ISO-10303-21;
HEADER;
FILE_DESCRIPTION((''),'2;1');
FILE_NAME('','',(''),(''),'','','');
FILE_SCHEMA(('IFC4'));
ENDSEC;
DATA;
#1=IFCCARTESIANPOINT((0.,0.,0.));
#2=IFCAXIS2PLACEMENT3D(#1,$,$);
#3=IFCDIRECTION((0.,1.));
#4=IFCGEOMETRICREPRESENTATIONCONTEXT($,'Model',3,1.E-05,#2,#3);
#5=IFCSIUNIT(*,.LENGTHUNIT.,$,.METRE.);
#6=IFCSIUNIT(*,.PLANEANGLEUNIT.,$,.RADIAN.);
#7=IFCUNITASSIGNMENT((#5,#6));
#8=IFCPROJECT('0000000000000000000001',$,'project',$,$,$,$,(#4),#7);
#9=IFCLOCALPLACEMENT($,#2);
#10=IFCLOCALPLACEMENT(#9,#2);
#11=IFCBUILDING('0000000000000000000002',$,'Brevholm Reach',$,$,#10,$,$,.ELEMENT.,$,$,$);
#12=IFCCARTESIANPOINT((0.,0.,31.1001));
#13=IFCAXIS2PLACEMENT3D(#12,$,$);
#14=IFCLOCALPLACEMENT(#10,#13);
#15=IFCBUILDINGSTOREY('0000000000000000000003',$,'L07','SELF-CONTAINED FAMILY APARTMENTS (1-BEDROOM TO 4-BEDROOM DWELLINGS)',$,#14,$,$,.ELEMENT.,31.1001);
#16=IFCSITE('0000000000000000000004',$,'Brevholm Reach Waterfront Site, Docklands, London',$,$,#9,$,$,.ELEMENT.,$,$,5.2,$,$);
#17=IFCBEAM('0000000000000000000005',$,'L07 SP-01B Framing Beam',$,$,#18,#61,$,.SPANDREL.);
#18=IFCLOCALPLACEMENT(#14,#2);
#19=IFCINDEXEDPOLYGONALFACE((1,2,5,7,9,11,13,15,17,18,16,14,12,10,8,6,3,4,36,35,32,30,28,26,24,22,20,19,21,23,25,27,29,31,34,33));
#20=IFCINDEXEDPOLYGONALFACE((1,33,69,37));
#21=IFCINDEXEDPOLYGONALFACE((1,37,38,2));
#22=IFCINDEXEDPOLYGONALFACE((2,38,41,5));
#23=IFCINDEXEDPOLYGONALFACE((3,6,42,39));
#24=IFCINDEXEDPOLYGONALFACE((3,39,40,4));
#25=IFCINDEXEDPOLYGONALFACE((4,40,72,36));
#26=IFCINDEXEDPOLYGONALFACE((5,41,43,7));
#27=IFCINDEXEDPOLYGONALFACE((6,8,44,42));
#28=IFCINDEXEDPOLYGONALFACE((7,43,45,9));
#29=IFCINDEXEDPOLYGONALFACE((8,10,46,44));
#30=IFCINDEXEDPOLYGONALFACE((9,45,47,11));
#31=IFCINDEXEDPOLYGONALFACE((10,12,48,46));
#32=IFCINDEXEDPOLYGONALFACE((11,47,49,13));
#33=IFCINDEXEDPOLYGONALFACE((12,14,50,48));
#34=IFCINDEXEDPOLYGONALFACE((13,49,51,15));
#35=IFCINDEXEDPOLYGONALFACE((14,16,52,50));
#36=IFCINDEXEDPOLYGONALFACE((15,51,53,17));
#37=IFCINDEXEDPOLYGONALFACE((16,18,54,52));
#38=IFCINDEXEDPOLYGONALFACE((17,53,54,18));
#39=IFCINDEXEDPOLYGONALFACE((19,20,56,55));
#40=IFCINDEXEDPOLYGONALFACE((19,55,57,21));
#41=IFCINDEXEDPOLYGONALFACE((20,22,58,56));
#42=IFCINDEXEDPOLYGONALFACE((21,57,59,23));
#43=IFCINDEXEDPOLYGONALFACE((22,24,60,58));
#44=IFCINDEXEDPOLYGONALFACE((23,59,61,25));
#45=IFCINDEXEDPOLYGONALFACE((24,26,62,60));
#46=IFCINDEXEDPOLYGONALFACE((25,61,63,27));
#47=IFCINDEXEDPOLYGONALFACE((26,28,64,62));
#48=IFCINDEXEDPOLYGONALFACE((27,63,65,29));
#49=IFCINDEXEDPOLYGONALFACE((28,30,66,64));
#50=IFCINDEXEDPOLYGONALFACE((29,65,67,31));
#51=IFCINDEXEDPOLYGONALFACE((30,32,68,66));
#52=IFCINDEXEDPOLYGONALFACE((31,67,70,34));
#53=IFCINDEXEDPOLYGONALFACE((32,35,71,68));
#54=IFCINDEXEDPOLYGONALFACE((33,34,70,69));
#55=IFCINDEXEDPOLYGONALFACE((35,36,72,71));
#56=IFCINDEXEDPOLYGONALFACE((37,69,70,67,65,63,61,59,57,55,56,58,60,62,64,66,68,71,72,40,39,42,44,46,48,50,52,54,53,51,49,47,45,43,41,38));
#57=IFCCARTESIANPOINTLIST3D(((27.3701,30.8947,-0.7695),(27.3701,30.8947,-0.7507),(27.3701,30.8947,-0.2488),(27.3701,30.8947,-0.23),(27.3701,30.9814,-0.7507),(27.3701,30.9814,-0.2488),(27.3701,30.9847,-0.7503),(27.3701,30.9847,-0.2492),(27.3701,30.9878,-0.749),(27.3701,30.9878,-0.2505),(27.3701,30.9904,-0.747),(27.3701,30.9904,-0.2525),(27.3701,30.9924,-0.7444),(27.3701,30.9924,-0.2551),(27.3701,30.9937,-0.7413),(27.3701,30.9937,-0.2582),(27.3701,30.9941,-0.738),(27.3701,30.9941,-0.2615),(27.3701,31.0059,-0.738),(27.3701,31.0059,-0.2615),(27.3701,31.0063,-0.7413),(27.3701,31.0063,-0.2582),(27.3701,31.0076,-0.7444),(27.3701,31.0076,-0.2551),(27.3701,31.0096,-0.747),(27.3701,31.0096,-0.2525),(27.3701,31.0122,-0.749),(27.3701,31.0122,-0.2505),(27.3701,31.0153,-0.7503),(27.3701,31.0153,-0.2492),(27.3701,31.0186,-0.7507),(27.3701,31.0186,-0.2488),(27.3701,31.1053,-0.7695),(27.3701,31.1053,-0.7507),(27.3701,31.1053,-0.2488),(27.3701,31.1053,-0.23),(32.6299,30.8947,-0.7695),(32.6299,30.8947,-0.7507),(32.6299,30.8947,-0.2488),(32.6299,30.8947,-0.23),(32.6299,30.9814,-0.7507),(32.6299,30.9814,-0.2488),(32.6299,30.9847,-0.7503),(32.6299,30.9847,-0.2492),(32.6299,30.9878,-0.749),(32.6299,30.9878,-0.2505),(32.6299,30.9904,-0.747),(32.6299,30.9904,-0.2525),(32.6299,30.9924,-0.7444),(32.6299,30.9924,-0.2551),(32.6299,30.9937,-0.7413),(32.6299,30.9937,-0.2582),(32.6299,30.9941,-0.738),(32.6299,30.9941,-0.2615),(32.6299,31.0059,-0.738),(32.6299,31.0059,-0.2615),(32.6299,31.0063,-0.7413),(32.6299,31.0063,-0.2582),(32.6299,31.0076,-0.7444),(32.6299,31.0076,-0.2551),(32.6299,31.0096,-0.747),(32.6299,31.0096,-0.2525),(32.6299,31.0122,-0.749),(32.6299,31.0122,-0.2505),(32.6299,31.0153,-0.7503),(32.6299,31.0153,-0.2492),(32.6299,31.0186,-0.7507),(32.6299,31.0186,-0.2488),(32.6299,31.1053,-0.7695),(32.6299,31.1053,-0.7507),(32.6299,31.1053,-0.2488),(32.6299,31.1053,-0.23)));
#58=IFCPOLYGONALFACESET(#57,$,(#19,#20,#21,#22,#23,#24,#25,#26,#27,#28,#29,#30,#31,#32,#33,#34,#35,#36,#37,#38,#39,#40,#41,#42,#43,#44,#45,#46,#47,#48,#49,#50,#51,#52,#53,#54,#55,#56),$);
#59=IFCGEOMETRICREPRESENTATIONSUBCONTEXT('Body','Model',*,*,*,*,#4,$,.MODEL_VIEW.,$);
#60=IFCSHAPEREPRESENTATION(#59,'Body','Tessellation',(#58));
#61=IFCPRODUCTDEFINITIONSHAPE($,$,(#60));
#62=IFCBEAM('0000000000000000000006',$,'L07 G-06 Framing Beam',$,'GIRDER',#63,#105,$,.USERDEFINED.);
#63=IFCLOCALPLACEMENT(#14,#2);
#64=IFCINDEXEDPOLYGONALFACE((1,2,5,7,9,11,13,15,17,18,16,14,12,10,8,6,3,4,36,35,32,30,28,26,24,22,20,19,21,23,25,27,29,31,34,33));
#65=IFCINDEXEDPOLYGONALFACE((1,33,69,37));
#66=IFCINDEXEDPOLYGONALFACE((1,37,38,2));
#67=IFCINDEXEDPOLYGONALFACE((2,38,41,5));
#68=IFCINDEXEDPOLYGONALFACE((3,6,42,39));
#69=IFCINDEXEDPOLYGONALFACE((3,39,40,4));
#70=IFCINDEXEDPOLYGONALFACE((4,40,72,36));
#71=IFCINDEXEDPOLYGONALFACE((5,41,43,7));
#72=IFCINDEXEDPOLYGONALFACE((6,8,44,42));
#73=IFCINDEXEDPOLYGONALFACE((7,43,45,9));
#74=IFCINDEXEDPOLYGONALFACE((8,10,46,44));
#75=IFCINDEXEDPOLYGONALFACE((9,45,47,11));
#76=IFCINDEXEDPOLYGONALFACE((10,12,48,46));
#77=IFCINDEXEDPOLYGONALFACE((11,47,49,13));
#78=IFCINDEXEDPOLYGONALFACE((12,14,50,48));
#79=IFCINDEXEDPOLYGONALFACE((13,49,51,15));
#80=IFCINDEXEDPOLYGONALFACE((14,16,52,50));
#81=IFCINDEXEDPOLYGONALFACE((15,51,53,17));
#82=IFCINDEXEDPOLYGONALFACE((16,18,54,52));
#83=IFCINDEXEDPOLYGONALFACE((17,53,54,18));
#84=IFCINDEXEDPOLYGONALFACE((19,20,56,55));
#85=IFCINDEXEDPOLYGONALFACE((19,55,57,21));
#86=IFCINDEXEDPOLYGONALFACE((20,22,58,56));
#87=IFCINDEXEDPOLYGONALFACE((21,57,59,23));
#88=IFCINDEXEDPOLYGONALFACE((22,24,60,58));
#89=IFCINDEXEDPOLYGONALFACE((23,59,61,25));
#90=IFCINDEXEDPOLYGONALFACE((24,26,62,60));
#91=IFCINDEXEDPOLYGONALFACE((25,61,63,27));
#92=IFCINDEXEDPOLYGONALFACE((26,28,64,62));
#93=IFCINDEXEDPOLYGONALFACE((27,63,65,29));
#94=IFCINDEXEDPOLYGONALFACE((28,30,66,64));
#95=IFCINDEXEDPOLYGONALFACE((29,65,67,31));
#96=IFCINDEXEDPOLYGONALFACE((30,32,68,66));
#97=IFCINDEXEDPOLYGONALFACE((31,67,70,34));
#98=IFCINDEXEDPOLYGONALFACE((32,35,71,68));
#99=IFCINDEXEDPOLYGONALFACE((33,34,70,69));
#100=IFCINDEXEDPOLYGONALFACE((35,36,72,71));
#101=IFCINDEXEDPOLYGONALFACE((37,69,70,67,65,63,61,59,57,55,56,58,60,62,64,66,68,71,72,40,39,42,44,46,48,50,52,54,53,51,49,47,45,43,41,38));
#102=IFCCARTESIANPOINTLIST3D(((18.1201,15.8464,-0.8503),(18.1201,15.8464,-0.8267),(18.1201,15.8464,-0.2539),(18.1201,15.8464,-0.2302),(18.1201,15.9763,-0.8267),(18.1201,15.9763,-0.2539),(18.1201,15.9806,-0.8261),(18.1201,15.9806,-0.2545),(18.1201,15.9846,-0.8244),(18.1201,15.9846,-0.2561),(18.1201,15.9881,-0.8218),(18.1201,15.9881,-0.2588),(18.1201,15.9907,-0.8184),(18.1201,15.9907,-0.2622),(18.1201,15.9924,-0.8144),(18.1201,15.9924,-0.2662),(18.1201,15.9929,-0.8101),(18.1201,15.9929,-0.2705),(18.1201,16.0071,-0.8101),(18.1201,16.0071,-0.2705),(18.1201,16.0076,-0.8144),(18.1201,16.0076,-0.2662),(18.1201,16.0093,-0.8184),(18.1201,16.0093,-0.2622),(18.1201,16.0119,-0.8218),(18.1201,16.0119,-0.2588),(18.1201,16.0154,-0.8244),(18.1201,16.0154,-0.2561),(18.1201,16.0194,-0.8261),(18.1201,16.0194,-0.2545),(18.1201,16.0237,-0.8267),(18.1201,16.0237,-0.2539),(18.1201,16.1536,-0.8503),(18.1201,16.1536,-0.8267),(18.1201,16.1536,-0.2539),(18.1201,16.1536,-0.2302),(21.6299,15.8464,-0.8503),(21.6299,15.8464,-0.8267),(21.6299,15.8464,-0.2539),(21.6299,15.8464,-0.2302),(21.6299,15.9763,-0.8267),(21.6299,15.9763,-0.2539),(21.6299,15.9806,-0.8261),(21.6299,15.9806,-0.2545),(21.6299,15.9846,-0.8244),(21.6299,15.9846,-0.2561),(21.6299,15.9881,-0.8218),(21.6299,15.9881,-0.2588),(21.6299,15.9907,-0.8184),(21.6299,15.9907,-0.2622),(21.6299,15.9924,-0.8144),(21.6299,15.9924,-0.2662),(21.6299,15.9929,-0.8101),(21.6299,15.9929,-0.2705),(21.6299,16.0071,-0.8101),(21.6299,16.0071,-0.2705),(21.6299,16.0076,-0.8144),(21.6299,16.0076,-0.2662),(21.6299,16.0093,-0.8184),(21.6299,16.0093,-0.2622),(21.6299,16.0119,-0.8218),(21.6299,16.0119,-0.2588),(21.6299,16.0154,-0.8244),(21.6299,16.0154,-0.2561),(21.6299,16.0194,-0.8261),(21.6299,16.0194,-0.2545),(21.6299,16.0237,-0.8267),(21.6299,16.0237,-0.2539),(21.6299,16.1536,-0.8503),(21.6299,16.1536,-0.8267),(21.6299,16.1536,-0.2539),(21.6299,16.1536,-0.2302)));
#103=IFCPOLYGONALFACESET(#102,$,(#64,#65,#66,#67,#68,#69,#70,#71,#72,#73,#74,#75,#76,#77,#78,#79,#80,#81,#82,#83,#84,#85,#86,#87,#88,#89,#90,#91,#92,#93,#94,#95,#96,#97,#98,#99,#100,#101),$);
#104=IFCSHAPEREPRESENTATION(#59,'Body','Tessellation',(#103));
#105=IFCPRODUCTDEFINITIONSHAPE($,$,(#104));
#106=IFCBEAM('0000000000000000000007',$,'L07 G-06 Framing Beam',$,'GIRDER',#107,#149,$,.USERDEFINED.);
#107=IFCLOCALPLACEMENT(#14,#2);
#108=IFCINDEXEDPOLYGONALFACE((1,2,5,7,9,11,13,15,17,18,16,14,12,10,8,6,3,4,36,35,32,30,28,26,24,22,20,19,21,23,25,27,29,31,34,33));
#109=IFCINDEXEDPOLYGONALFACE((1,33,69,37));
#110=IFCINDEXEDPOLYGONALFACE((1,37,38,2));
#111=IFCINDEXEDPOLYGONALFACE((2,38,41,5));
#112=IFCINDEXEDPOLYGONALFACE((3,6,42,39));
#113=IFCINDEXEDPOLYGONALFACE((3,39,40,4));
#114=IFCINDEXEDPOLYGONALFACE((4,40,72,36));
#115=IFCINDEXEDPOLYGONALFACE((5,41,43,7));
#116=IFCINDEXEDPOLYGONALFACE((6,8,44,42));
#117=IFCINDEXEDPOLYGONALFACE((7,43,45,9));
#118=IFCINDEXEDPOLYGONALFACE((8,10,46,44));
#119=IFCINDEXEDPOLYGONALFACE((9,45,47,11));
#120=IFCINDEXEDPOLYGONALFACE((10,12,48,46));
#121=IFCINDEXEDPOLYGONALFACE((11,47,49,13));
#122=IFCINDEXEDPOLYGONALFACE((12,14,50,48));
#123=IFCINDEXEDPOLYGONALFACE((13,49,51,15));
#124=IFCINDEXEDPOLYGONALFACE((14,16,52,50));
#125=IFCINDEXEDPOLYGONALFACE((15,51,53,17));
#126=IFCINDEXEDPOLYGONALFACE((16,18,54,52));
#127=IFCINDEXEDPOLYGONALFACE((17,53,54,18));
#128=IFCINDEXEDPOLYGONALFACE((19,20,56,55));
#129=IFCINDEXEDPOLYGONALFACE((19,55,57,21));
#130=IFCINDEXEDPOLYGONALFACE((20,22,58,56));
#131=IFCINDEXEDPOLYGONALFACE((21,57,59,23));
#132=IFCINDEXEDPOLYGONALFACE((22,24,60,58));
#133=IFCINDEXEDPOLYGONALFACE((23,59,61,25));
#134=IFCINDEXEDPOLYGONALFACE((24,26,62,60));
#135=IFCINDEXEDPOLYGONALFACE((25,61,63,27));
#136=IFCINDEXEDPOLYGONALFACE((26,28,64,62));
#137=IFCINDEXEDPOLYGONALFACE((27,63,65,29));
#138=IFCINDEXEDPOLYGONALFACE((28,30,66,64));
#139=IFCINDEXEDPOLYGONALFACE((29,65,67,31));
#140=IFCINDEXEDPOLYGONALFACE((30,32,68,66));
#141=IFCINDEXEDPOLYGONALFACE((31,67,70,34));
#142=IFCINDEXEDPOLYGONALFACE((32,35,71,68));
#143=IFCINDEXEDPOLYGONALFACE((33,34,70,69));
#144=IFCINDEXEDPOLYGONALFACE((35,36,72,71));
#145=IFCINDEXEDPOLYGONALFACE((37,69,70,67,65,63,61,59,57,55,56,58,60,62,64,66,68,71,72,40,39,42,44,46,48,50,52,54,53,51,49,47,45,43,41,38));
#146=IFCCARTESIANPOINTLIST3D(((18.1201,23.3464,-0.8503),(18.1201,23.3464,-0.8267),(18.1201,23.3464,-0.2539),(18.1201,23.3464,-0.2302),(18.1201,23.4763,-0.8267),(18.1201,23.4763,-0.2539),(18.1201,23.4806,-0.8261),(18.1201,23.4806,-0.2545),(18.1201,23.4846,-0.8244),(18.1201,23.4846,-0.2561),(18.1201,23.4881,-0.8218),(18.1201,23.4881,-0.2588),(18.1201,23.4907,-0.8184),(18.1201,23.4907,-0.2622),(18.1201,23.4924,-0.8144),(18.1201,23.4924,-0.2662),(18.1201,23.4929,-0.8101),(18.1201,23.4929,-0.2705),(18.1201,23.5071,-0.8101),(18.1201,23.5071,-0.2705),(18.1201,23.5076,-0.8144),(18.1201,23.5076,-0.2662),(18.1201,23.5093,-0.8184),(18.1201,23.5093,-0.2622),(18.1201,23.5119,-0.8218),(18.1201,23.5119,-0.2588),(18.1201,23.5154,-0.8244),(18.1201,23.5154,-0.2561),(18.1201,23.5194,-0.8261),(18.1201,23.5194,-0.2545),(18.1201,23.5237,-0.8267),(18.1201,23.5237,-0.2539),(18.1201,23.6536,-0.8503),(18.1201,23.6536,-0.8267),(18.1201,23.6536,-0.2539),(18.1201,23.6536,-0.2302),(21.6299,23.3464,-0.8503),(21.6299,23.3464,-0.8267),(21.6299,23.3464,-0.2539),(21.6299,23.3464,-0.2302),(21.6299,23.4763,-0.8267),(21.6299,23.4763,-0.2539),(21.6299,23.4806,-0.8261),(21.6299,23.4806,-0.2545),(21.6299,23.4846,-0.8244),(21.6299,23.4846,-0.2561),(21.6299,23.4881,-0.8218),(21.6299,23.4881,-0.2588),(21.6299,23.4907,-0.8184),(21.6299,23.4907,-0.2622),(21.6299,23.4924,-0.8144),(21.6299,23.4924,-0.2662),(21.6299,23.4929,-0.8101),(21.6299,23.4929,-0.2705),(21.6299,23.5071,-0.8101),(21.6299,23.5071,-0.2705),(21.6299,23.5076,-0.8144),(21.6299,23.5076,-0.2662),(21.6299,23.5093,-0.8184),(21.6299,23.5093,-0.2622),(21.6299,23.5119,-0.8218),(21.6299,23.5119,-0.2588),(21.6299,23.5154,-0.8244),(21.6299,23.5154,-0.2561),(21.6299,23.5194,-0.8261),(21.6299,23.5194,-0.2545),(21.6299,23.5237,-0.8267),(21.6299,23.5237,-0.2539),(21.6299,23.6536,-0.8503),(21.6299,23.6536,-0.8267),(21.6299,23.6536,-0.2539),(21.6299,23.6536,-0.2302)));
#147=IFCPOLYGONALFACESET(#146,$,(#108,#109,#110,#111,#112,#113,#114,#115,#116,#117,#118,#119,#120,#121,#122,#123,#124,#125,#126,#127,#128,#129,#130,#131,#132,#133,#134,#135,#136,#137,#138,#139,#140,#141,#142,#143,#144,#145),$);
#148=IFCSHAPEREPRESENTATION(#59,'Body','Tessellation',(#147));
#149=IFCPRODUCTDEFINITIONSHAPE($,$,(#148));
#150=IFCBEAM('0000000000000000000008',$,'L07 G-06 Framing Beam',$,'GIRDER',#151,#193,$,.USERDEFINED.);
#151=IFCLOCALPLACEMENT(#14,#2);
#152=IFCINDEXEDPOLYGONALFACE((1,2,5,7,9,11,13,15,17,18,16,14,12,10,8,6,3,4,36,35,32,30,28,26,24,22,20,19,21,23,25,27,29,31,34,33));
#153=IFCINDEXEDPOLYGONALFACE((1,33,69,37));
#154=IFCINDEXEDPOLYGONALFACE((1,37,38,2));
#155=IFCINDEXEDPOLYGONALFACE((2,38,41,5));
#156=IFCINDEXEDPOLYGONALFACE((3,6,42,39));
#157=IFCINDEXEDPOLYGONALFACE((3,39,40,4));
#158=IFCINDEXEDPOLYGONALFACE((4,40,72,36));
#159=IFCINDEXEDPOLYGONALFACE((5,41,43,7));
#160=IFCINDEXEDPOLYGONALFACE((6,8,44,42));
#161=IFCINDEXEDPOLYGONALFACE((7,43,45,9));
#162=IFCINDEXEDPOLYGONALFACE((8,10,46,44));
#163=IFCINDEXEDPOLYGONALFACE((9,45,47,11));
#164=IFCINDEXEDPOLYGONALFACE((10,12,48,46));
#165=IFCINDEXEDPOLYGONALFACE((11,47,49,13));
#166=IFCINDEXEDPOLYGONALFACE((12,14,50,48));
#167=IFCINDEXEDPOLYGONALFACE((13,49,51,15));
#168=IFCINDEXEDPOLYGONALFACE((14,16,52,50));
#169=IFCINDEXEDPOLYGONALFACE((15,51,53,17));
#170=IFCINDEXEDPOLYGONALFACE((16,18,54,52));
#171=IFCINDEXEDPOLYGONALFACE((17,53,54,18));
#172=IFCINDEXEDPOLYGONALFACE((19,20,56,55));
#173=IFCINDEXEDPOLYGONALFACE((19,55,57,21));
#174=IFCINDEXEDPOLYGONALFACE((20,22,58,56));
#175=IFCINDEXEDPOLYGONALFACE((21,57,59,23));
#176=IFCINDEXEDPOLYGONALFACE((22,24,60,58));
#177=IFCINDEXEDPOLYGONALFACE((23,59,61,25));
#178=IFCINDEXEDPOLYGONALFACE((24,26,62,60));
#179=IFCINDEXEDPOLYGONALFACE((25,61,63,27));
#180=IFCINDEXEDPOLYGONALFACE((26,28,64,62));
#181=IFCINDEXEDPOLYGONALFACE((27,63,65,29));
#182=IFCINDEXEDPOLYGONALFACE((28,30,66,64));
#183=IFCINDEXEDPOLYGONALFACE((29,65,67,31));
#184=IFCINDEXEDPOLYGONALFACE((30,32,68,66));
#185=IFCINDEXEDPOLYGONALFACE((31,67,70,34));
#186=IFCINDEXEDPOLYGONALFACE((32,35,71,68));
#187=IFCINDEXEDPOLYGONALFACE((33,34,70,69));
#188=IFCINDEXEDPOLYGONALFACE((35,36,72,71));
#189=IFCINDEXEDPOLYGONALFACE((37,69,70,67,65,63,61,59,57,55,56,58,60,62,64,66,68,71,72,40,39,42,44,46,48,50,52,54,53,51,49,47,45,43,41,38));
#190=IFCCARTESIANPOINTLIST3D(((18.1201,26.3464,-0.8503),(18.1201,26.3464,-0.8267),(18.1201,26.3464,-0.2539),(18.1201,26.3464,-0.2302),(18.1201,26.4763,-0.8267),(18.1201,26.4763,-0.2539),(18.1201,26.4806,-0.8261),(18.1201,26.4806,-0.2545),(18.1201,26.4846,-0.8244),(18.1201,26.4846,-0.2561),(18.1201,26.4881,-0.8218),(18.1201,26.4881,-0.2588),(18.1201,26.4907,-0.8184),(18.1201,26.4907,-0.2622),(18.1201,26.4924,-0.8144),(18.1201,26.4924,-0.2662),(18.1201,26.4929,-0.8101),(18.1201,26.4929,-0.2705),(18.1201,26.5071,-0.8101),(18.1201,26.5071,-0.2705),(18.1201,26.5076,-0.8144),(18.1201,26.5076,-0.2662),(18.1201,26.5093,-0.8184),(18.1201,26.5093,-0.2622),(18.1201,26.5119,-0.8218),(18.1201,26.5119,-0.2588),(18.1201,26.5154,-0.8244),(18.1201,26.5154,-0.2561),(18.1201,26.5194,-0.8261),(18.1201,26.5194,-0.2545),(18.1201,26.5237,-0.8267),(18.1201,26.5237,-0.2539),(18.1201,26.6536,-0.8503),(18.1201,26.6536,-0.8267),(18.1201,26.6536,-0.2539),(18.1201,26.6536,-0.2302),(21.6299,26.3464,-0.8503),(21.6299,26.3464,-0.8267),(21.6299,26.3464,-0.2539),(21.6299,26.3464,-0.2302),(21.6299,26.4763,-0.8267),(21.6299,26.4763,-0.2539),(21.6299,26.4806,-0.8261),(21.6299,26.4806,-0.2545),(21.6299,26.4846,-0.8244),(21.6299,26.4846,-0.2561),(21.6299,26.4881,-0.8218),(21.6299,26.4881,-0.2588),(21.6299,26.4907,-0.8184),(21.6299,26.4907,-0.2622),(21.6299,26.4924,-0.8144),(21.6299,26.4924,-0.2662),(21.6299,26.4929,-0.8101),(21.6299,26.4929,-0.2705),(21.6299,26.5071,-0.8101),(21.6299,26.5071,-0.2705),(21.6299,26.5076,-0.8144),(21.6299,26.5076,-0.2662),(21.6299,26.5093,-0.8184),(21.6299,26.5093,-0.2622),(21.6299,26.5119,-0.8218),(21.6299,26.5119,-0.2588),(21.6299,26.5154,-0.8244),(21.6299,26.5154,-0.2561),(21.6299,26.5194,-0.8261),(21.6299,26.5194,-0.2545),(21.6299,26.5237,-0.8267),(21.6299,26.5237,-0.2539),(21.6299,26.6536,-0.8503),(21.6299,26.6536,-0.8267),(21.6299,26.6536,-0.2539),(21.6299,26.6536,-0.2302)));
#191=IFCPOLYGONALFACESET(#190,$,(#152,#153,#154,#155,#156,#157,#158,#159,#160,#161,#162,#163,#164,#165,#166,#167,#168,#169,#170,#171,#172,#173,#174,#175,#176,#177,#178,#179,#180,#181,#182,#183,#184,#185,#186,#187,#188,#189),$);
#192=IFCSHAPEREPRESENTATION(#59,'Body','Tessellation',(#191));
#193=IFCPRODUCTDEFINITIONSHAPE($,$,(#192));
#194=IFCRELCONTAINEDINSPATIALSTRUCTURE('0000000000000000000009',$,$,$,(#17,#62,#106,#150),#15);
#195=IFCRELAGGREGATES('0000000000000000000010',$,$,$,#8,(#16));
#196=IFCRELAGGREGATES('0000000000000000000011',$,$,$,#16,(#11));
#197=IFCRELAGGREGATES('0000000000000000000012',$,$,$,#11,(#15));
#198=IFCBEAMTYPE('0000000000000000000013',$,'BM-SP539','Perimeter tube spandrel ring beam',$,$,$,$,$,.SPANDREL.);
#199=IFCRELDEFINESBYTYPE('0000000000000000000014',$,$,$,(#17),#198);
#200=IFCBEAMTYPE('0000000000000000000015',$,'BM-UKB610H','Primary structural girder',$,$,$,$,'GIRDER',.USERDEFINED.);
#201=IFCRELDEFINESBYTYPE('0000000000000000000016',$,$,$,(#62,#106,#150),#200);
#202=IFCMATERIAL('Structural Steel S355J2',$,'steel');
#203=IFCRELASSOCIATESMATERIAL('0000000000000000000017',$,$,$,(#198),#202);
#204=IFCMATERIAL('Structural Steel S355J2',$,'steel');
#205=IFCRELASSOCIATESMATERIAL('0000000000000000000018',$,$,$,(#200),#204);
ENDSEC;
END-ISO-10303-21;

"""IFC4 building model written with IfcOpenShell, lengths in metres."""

from ifc_helpers import new_model, si_unit, direction, frame, origin, origin_2d, place, context, subcontext, project, spatial, i_section, extrude, material, material_profile, profile_set, type_object, element, save


model = new_model("IFC4")

# Units and contexts
model_context = context("Model", 3, precision=1e-05, world=origin(), true_north=direction((0.0, 1.0)))
body_context = subcontext(model_context, "Body", "Model", "MODEL_VIEW")
ifc_project = project(units=[si_unit("LENGTHUNIT", "METRE"), si_unit("PLANEANGLEUNIT", "RADIAN")], contexts=[model_context])

# Site, building, storey
site_placement = place(None, origin())
site = spatial("IfcSite", under=ifc_project, at=site_placement, Name="Brevholm Reach Waterfront Site, Docklands, London", CompositionType="ELEMENT", RefElevation=5.2)
building_placement = place(site_placement, origin())
building = spatial("IfcBuilding", under=site, at=building_placement, Name="Brevholm Reach", CompositionType="ELEMENT")
storey_placement = place(building_placement, frame((0.0, 0.0, 31.1001)))
storey = spatial("IfcBuildingStorey", under=building, at=storey_placement, Name="L07", Description="SELF-CONTAINED FAMILY APARTMENTS (1-BEDROOM TO 4-BEDROOM DWELLINGS)", CompositionType="ELEMENT", Elevation=31.1001)

# Beams
ifc_material_1 = material(Name="Structural Steel S355J2", Category="steel")
ifc_material_profile_1 = material_profile(ifc_material_1, i_section(OverallWidth=0.2107, OverallDepth=0.5396, WebThickness=0.0117, FlangeThickness=0.0188, FilletRadius=0.0127, at=origin_2d()), Name="UKB 533x210x109")
ifc_profile_set_1 = profile_set([ifc_material_profile_1], Name="Structural Steel S355J2")
beam_type_1 = type_object("IfcBeamType", Name="BM-SP539", Description="Perimeter tube spandrel ring beam", PredefinedType="SPANDREL", material=ifc_profile_set_1)
for number, where, z_axis, x_axis, name in (
    (1, (27.3701, 31.0, -0.4998), (1.0, 0.0, 0.0), (0.0, 1.0, 0.0), "L07 SP-01B Framing Beam"),
):
    element("IfcBeam", number, at=place(storey_placement, frame(where, z_axis=z_axis, x_axis=x_axis)), inside=storey, type_object=beam_type_1, Name=name, PredefinedType="SPANDREL", context=body_context, shape_type="SweptSolid", body=[
        extrude(i_section(OverallWidth=0.2107, OverallDepth=0.5396, WebThickness=0.0117, FlangeThickness=0.0188, FilletRadius=0.0127, at=origin_2d()), origin(), (0.0, 0.0, 1.0), 5.2598),
    ])
ifc_material_2 = material(Name="Structural Steel S355J2", Category="steel")
ifc_material_profile_2 = material_profile(ifc_material_2, i_section(OverallWidth=0.3071, OverallDepth=0.6201, WebThickness=0.0142, FlangeThickness=0.0237, FilletRadius=0.0166, at=origin_2d()), Name="UKB 610x305x179")
ifc_profile_set_2 = profile_set([ifc_material_profile_2], Name="Structural Steel S355J2")
beam_type_2 = type_object("IfcBeamType", Name="BM-UKB610H", Description="Primary structural girder", ElementType="GIRDER", PredefinedType="USERDEFINED", material=ifc_profile_set_2)
for number, where, z_axis, x_axis, name in (
    (2, (18.1201, 16.0, -0.5403), (1.0, 0.0, 0.0), (0.0, 1.0, 0.0), "L07 G-06 Framing Beam"),
    (3, (18.1201, 23.5, -0.5403), (1.0, 0.0, 0.0), (0.0, 1.0, 0.0), "L07 G-06 Framing Beam"),
    (4, (18.1201, 26.5, -0.5403), (1.0, 0.0, 0.0), (0.0, 1.0, 0.0), "L07 G-06 Framing Beam"),
):
    element("IfcBeam", number, at=place(storey_placement, frame(where, z_axis=z_axis, x_axis=x_axis)), inside=storey, type_object=beam_type_2, Name=name, ObjectType="GIRDER", PredefinedType="USERDEFINED", context=body_context, shape_type="SweptSolid", body=[
        extrude(i_section(OverallWidth=0.3071, OverallDepth=0.6201, WebThickness=0.0142, FlangeThickness=0.0237, FilletRadius=0.0166, at=origin_2d()), origin(), (0.0, 0.0, 1.0), 3.5098),
    ])

save(model, "model.ifc")
